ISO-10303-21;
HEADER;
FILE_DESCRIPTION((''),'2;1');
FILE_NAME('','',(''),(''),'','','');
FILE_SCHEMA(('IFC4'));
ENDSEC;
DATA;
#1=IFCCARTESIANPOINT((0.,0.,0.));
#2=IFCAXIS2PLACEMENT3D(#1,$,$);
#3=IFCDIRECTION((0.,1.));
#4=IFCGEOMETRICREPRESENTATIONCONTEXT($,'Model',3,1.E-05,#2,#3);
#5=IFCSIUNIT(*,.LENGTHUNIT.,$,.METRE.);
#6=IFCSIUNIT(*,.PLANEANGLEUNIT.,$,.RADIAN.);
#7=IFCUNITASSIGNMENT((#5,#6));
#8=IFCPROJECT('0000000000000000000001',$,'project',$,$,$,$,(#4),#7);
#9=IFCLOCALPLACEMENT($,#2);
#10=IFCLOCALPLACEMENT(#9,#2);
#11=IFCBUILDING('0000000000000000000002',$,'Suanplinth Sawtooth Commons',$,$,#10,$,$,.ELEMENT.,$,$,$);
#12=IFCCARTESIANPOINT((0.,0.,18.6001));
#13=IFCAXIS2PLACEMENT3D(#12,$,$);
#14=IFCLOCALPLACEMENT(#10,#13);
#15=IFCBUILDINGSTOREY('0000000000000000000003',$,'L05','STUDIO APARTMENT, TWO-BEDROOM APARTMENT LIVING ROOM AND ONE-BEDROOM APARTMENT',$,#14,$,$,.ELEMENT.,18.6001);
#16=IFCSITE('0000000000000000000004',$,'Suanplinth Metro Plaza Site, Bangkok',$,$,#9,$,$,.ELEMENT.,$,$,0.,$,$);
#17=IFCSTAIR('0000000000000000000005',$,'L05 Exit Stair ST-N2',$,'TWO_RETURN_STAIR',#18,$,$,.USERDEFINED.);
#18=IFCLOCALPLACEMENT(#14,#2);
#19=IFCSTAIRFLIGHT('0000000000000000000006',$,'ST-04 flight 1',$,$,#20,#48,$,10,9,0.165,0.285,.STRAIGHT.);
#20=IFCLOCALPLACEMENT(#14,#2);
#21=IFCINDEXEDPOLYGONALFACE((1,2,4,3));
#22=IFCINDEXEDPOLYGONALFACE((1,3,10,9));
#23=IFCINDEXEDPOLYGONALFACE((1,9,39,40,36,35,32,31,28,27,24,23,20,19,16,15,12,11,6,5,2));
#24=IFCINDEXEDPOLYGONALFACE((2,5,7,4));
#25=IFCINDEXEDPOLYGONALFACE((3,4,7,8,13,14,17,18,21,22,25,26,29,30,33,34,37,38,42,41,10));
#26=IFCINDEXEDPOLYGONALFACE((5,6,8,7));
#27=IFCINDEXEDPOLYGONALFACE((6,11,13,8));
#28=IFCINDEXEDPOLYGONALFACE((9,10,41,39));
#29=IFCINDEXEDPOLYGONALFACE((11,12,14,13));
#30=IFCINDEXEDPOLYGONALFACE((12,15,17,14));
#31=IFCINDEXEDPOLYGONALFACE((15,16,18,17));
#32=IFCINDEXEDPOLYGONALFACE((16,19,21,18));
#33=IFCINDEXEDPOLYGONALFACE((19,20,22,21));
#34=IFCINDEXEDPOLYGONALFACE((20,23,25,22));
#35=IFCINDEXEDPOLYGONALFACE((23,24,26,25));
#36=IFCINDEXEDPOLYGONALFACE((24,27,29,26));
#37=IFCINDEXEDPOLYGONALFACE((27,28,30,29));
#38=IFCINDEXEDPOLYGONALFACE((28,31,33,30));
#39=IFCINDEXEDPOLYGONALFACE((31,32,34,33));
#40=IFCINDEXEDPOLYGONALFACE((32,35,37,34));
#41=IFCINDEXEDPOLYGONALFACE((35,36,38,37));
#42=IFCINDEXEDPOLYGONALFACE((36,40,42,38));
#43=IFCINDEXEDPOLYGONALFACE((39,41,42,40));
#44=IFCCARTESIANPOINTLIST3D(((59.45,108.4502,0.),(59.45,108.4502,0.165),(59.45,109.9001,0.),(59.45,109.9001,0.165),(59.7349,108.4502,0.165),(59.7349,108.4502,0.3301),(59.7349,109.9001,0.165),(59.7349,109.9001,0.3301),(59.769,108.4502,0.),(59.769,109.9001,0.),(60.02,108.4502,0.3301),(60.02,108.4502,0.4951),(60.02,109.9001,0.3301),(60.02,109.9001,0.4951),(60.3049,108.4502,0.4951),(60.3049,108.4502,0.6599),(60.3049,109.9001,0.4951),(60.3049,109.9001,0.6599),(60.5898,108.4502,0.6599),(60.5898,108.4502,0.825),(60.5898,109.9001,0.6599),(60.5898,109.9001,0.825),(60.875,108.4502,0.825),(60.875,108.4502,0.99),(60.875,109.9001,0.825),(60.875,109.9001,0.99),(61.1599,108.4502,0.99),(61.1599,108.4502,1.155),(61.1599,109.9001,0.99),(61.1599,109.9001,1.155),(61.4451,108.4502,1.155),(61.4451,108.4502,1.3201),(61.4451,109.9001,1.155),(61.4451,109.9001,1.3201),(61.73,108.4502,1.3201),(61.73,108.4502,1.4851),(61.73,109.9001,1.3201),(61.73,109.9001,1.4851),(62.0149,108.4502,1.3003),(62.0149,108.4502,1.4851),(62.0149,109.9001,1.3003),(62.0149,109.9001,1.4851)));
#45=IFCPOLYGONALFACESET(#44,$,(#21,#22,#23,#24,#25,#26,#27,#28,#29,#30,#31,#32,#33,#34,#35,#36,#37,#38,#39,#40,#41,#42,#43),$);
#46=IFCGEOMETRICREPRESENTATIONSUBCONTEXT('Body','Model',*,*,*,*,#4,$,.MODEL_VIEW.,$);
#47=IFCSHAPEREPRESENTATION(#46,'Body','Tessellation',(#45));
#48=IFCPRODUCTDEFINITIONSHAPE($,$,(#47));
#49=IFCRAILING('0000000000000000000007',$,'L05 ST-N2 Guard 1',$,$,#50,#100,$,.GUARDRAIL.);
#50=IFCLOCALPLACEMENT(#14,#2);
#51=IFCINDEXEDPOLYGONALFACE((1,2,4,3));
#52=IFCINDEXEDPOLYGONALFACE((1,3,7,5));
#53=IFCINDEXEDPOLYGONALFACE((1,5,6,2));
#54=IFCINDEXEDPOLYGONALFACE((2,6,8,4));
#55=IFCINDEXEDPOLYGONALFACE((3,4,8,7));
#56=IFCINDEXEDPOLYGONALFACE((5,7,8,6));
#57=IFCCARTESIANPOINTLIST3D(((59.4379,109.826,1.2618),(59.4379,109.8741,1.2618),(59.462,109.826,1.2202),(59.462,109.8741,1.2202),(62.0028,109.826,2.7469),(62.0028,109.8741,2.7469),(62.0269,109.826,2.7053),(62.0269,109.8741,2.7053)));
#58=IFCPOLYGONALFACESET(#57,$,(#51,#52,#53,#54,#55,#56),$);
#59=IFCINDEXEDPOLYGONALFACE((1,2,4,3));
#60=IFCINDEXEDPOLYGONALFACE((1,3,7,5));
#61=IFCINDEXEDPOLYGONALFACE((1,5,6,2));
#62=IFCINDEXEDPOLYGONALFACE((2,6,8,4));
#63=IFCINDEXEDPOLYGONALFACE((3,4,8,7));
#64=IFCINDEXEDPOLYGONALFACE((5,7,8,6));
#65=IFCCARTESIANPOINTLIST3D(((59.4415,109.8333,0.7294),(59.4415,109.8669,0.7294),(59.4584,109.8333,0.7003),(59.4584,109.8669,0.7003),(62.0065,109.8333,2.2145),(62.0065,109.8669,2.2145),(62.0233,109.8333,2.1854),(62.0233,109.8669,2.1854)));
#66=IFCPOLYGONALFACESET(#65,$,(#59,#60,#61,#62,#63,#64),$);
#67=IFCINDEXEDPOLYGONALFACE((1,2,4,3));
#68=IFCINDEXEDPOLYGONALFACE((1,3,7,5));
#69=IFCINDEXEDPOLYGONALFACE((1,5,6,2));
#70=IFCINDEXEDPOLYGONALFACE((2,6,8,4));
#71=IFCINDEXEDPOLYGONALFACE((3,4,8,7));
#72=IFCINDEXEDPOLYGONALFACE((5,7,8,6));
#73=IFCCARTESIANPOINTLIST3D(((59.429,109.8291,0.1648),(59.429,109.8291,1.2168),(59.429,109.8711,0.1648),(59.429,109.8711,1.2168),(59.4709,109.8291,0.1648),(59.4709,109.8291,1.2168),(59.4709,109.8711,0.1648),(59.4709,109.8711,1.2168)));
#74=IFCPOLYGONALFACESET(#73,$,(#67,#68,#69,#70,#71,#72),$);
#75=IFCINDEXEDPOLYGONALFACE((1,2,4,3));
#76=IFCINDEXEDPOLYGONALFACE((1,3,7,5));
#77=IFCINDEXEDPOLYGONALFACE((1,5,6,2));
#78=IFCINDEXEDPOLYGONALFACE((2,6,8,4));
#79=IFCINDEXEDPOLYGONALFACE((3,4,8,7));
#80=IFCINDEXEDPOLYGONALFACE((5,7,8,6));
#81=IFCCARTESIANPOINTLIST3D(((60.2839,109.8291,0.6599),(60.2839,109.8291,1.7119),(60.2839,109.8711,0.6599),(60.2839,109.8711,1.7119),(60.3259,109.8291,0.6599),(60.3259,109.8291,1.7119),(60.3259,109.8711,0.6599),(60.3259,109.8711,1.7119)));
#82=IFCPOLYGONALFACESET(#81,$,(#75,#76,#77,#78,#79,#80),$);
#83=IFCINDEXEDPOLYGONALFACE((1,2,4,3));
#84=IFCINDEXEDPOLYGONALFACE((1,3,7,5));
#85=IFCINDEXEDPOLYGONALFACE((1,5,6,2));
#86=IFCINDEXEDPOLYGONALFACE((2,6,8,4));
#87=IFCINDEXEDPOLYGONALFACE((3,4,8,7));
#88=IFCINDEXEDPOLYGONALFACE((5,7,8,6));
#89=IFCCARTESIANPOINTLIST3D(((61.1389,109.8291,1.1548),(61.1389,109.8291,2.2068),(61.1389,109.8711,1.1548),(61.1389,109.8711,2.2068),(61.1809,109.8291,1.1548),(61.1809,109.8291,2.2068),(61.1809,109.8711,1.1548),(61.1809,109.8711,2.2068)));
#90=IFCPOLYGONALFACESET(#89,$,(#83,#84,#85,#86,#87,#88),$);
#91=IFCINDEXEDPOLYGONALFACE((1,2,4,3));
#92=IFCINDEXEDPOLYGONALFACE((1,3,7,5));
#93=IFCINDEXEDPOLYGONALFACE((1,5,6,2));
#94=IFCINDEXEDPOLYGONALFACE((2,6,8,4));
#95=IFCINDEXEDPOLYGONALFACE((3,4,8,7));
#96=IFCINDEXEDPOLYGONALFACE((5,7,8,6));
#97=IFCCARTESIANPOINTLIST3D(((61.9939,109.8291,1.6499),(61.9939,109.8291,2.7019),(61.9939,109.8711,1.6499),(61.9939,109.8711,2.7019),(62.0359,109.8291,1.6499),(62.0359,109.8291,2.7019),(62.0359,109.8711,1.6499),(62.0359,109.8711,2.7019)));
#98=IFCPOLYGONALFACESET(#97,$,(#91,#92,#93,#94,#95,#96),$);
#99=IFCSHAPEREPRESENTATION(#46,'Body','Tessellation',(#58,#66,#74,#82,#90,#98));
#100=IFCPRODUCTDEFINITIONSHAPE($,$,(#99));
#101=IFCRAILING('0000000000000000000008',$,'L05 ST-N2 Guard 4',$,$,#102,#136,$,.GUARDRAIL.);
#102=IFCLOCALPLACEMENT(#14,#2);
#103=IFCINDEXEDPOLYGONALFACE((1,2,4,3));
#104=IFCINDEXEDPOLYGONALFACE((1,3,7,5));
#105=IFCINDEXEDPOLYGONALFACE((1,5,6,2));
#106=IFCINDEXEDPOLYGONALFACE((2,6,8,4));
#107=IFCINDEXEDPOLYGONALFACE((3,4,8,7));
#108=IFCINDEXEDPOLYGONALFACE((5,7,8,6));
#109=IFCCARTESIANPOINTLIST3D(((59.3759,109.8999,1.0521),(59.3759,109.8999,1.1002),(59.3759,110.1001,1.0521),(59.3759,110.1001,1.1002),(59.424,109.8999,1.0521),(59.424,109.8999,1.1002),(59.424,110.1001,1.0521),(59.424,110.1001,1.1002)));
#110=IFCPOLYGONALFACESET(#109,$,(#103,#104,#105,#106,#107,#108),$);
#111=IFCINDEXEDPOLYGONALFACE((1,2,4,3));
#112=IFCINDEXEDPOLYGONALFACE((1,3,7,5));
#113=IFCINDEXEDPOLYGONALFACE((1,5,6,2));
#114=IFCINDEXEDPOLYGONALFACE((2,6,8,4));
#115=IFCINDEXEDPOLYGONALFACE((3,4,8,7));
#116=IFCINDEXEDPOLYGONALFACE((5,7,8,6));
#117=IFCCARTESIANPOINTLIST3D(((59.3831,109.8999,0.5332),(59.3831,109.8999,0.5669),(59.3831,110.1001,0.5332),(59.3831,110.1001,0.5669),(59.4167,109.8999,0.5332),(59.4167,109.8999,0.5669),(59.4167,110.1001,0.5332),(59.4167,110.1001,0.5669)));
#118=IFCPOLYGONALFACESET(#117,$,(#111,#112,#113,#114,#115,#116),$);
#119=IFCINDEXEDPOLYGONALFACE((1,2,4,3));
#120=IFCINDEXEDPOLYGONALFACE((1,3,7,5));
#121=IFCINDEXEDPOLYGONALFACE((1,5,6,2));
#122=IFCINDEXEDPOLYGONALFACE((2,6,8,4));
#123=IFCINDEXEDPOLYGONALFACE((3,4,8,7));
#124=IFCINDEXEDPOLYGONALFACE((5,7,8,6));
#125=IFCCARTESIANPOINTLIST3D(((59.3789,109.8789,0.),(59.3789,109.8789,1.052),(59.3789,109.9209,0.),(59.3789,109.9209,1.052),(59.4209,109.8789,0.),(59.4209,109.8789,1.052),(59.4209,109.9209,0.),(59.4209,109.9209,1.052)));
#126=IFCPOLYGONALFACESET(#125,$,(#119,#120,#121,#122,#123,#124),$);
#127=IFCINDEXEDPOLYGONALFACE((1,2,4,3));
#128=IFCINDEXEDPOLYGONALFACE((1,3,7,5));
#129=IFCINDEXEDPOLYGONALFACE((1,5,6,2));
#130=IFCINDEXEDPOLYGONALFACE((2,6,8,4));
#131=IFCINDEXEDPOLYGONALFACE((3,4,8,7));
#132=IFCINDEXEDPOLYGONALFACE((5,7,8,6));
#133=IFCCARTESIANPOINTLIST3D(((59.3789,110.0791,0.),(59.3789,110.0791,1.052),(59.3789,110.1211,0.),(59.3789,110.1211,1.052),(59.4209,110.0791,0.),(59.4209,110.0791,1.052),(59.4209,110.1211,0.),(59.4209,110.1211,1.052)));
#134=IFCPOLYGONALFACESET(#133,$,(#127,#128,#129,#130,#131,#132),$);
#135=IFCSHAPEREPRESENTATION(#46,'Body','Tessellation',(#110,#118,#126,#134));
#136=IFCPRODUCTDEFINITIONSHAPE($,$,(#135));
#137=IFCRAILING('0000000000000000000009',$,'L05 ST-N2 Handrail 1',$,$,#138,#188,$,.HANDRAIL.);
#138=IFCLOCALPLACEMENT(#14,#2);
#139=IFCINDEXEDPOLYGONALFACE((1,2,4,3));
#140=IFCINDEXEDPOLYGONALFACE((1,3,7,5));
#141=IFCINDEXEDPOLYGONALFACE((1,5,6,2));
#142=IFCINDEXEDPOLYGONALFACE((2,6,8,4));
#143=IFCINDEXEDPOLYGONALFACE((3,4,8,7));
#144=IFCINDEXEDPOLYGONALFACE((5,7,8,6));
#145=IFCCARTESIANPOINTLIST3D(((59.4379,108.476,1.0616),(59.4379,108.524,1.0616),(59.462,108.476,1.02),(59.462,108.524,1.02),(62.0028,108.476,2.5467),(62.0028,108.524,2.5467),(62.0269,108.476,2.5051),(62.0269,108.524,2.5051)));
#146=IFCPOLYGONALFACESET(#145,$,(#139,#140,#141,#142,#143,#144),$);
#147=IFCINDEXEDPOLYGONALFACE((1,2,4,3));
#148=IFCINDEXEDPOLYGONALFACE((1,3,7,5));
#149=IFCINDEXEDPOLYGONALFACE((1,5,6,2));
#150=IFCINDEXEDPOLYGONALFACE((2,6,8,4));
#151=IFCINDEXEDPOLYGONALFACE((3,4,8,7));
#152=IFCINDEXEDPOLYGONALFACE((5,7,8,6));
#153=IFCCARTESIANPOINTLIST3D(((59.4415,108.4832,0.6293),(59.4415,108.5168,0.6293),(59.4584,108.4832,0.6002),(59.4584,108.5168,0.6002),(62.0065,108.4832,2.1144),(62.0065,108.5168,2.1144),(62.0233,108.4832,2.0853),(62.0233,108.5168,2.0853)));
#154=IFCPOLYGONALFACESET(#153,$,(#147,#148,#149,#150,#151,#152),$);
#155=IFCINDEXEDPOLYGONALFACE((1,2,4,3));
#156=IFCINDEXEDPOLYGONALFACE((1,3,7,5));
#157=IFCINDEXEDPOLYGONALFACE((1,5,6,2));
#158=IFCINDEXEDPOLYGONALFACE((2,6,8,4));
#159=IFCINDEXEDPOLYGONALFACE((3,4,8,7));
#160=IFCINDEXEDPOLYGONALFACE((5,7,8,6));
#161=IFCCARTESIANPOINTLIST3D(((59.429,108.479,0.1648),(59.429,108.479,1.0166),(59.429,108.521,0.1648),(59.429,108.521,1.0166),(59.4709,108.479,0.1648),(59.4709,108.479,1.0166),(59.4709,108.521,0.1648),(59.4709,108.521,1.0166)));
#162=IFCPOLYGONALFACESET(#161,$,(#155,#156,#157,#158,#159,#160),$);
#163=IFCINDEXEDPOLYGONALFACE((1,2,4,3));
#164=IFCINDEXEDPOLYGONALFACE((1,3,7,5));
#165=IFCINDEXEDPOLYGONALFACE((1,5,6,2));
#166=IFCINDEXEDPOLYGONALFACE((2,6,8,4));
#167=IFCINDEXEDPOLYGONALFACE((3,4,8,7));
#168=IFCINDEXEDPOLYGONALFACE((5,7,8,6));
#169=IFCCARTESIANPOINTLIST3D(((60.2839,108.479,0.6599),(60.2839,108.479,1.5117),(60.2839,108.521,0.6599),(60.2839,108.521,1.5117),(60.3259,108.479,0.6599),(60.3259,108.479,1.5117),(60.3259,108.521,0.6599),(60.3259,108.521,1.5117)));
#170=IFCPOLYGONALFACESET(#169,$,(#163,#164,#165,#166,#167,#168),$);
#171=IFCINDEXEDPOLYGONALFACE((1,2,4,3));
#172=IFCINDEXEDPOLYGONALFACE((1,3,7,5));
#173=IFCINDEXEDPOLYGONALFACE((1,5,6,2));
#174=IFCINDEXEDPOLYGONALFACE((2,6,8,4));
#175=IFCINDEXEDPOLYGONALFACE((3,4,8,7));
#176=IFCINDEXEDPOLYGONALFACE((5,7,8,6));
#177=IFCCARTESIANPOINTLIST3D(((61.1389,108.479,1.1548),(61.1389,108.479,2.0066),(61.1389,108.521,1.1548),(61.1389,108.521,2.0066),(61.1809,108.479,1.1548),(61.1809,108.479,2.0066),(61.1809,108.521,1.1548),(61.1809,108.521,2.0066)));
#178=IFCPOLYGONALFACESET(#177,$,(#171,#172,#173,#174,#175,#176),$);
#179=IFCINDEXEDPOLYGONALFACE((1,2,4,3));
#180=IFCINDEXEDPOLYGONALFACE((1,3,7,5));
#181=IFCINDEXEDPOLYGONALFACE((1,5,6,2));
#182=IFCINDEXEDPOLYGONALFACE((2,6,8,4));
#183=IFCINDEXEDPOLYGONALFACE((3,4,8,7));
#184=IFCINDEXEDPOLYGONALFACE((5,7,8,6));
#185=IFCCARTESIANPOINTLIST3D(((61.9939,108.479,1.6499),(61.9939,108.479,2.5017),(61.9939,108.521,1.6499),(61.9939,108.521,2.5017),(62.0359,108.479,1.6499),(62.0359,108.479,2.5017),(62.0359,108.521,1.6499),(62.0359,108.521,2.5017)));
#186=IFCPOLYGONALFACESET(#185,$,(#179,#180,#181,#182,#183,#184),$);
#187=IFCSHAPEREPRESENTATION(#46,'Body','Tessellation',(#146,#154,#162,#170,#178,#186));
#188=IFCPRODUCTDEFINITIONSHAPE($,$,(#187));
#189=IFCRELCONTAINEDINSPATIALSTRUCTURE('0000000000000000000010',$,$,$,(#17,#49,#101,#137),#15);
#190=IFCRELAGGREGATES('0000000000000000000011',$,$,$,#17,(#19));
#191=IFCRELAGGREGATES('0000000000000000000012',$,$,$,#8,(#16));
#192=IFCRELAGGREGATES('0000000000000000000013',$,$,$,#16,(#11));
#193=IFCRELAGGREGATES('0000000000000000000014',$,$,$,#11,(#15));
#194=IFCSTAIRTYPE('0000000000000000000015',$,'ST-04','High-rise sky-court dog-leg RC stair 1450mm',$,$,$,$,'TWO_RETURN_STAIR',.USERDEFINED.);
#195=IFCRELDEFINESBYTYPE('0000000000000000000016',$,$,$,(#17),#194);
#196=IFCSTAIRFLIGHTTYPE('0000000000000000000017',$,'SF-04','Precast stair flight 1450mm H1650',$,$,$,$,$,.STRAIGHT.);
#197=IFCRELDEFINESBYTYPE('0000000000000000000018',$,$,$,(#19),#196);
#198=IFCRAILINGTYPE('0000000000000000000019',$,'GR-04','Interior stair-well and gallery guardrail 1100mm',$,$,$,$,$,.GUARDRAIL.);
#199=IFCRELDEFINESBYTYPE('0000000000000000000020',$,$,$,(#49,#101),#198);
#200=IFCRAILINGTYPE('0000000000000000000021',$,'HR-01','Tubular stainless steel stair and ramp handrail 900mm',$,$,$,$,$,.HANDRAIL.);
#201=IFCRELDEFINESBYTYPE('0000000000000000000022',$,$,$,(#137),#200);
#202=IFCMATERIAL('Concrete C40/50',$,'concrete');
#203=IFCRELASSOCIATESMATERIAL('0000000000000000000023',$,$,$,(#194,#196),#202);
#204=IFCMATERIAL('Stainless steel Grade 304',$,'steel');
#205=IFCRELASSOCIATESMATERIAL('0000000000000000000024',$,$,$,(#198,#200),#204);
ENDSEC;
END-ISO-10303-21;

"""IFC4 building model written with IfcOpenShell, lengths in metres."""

from ifc_helpers import new_model, si_unit, direction, frame, origin, origin_2d, place, context, subcontext, project, spatial, polyline, rectangle, outline, extrude, material, type_object, element, aggregate, save


model = new_model("IFC4")

# Units and contexts
model_context = context("Model", 3, precision=1e-05, world=origin(), true_north=direction((0.0, 1.0)))
body_context = subcontext(model_context, "Body", "Model", "MODEL_VIEW")
ifc_project = project(units=[si_unit("LENGTHUNIT", "METRE"), si_unit("PLANEANGLEUNIT", "RADIAN")], contexts=[model_context])

# Site, building, storey
site_placement = place(None, origin())
site = spatial("IfcSite", under=ifc_project, at=site_placement, Name="Suanplinth Metro Plaza Site, Bangkok", CompositionType="ELEMENT", RefElevation=0.0)
building_placement = place(site_placement, origin())
building = spatial("IfcBuilding", under=site, at=building_placement, Name="Suanplinth Sawtooth Commons", CompositionType="ELEMENT")
storey_placement = place(building_placement, frame((0.0, 0.0, 18.6001)))
storey = spatial("IfcBuildingStorey", under=building, at=storey_placement, Name="L05", Description="STUDIO APARTMENT, TWO-BEDROOM APARTMENT LIVING ROOM AND ONE-BEDROOM APARTMENT", CompositionType="ELEMENT", Elevation=18.6001)

# Shared definitions
ifc_material_1 = material(Name="Concrete C40/50", Category="concrete")

# Shared definitions
ifc_material_2 = material(Name="Stainless steel Grade 304", Category="steel")

# Stair, stair flight
stair_type = type_object("IfcStairType", Name="ST-04", Description="High-rise sky-court dog-leg RC stair 1450mm", ElementType="TWO_RETURN_STAIR", PredefinedType="USERDEFINED", material=ifc_material_1)
stair_placement = place(storey_placement, origin())
stair = element("IfcStair", 1, at=stair_placement, inside=storey, type_object=stair_type, Name="L05 Exit Stair ST-N2", ObjectType="TWO_RETURN_STAIR", PredefinedType="USERDEFINED")
stair_flight_type = type_object("IfcStairFlightType", Name="SF-04", Description="Precast stair flight 1450mm H1650", PredefinedType="STRAIGHT", material=ifc_material_1)
stair_flight_placement = place(storey_placement, frame((59.45, 109.175, 0.0), z_axis=(0.0, 0.0, 1.0), x_axis=(1.0, 0.0, 0.0)))
stair_flight = element("IfcStairFlight", 2, at=stair_flight_placement, type_object=stair_flight_type, Name="ST-04 flight 1", NumberOfRisers=10, NumberOfTreads=9, PredefinedType="STRAIGHT", RiserHeight=0.165, TreadLength=0.285, context=body_context, shape_type="SweptSolid", body=[
    extrude(outline(polyline([(0.0, 0.0), (0.0, 0.165), (0.2849, 0.165), (0.2849, 0.3301), (0.5701, 0.3301), (0.5701, 0.4951), (0.855, 0.4951), (0.855, 0.6599), (1.1399, 0.6599), (1.1399, 0.825), (1.425, 0.825), (1.425, 0.99), (1.71, 0.99), (1.71, 1.155), (1.9951, 1.155), (1.9951, 1.3201), (2.28, 1.3201), (2.28, 1.4851), (2.5649, 1.4851), (2.5649, 1.6499), (2.5649, 1.3003), (0.3191, 0.0), (0.0, 0.0)])), frame((0.0, 0.7251, 0.0), z_axis=(0.0, -1.0, 0.0), x_axis=(1.0, 0.0, 0.0)), (0.0, 0.0, 1.0), 1.45),
])
aggregate(stair, [stair_flight])

# Railings
railing_type_1 = type_object("IfcRailingType", Name="GR-04", Description="Interior stair-well and gallery guardrail 1100mm", PredefinedType="GUARDRAIL", material=ifc_material_2)
railing_1_placement = place(storey_placement, frame((59.45, 109.8501, 0.1648)))
element("IfcRailing", 3, at=railing_1_placement, inside=storey, type_object=railing_type_1, Name="L05 ST-N2 Guard 1", PredefinedType="GUARDRAIL", context=body_context, shape_type="SweptSolid", body=[
    extrude(rectangle(XDim=0.0481, YDim=0.0481, at=origin_2d()), frame((0.0, 0.0, 1.0762), z_axis=(0.865406, 0.0, 0.501072), x_axis=(0.0, 1.0, 0.0)), (0.0, 0.0, 1.0), 2.9639),
    extrude(rectangle(XDim=0.0337, YDim=0.0337, at=origin_2d()), frame((0.0, 0.0, 0.55), z_axis=(0.865406, 0.0, 0.501072), x_axis=(0.0, 1.0, 0.0)), (0.0, 0.0, 1.0), 2.9639),
    extrude(rectangle(XDim=0.042, YDim=0.042, at=origin_2d()), origin(), (0.0, 0.0, 1.0), 1.052),
    extrude(rectangle(XDim=0.042, YDim=0.042, at=origin_2d()), frame((0.855, 0.0, 0.4951)), (0.0, 0.0, 1.0), 1.052),
    extrude(rectangle(XDim=0.042, YDim=0.042, at=origin_2d()), frame((1.71, 0.0, 0.99)), (0.0, 0.0, 1.0), 1.052),
    extrude(rectangle(XDim=0.042, YDim=0.042, at=origin_2d()), frame((2.5649, 0.0, 1.4851)), (0.0, 0.0, 1.0), 1.052),
])
railing_2_placement = place(storey_placement, frame((59.3999, 109.8999, 0.0)))
element("IfcRailing", 4, at=railing_2_placement, inside=storey, type_object=railing_type_1, Name="L05 ST-N2 Guard 4", PredefinedType="GUARDRAIL", context=body_context, shape_type="SweptSolid", body=[
    extrude(rectangle(XDim=0.0481, YDim=0.0481, at=origin_2d()), frame((0.0, 0.0, 1.0762), z_axis=(0.0, 1.0, 0.0), x_axis=(-1.0, 0.0, 0.0)), (0.0, 0.0, 1.0), 0.2002),
    extrude(rectangle(XDim=0.0337, YDim=0.0337, at=origin_2d()), frame((0.0, 0.0, 0.55), z_axis=(0.0, 1.0, 0.0), x_axis=(-1.0, 0.0, 0.0)), (0.0, 0.0, 1.0), 0.2002),
    extrude(rectangle(XDim=0.042, YDim=0.042, at=origin_2d()), origin(), (0.0, 0.0, 1.0), 1.052),
    extrude(rectangle(XDim=0.042, YDim=0.042, at=origin_2d()), frame((0.0, 0.2002, 0.0)), (0.0, 0.0, 1.0), 1.052),
])
railing_type_2 = type_object("IfcRailingType", Name="HR-01", Description="Tubular stainless steel stair and ramp handrail 900mm", PredefinedType="HANDRAIL", material=ifc_material_2)
railing_3_placement = place(storey_placement, frame((59.45, 108.5, 0.1648)))
element("IfcRailing", 5, at=railing_3_placement, inside=storey, type_object=railing_type_2, Name="L05 ST-N2 Handrail 1", PredefinedType="HANDRAIL", context=body_context, shape_type="SweptSolid", body=[
    extrude(rectangle(XDim=0.0481, YDim=0.0481, at=origin_2d()), frame((0.0, 0.0, 0.876), z_axis=(0.865406, 0.0, 0.501072), x_axis=(0.0, 1.0, 0.0)), (0.0, 0.0, 1.0), 2.9639),
    extrude(rectangle(XDim=0.0337, YDim=0.0337, at=origin_2d()), frame((0.0, 0.0, 0.45), z_axis=(0.865406, 0.0, 0.501072), x_axis=(0.0, 1.0, 0.0)), (0.0, 0.0, 1.0), 2.9639),
    extrude(rectangle(XDim=0.042, YDim=0.042, at=origin_2d()), origin(), (0.0, 0.0, 1.0), 0.8518),
    extrude(rectangle(XDim=0.042, YDim=0.042, at=origin_2d()), frame((0.855, 0.0, 0.4951)), (0.0, 0.0, 1.0), 0.8518),
    extrude(rectangle(XDim=0.042, YDim=0.042, at=origin_2d()), frame((1.71, 0.0, 0.99)), (0.0, 0.0, 1.0), 0.8518),
    extrude(rectangle(XDim=0.042, YDim=0.042, at=origin_2d()), frame((2.5649, 0.0, 1.4851)), (0.0, 0.0, 1.0), 0.8518),
])

save(model, "model.ifc")
